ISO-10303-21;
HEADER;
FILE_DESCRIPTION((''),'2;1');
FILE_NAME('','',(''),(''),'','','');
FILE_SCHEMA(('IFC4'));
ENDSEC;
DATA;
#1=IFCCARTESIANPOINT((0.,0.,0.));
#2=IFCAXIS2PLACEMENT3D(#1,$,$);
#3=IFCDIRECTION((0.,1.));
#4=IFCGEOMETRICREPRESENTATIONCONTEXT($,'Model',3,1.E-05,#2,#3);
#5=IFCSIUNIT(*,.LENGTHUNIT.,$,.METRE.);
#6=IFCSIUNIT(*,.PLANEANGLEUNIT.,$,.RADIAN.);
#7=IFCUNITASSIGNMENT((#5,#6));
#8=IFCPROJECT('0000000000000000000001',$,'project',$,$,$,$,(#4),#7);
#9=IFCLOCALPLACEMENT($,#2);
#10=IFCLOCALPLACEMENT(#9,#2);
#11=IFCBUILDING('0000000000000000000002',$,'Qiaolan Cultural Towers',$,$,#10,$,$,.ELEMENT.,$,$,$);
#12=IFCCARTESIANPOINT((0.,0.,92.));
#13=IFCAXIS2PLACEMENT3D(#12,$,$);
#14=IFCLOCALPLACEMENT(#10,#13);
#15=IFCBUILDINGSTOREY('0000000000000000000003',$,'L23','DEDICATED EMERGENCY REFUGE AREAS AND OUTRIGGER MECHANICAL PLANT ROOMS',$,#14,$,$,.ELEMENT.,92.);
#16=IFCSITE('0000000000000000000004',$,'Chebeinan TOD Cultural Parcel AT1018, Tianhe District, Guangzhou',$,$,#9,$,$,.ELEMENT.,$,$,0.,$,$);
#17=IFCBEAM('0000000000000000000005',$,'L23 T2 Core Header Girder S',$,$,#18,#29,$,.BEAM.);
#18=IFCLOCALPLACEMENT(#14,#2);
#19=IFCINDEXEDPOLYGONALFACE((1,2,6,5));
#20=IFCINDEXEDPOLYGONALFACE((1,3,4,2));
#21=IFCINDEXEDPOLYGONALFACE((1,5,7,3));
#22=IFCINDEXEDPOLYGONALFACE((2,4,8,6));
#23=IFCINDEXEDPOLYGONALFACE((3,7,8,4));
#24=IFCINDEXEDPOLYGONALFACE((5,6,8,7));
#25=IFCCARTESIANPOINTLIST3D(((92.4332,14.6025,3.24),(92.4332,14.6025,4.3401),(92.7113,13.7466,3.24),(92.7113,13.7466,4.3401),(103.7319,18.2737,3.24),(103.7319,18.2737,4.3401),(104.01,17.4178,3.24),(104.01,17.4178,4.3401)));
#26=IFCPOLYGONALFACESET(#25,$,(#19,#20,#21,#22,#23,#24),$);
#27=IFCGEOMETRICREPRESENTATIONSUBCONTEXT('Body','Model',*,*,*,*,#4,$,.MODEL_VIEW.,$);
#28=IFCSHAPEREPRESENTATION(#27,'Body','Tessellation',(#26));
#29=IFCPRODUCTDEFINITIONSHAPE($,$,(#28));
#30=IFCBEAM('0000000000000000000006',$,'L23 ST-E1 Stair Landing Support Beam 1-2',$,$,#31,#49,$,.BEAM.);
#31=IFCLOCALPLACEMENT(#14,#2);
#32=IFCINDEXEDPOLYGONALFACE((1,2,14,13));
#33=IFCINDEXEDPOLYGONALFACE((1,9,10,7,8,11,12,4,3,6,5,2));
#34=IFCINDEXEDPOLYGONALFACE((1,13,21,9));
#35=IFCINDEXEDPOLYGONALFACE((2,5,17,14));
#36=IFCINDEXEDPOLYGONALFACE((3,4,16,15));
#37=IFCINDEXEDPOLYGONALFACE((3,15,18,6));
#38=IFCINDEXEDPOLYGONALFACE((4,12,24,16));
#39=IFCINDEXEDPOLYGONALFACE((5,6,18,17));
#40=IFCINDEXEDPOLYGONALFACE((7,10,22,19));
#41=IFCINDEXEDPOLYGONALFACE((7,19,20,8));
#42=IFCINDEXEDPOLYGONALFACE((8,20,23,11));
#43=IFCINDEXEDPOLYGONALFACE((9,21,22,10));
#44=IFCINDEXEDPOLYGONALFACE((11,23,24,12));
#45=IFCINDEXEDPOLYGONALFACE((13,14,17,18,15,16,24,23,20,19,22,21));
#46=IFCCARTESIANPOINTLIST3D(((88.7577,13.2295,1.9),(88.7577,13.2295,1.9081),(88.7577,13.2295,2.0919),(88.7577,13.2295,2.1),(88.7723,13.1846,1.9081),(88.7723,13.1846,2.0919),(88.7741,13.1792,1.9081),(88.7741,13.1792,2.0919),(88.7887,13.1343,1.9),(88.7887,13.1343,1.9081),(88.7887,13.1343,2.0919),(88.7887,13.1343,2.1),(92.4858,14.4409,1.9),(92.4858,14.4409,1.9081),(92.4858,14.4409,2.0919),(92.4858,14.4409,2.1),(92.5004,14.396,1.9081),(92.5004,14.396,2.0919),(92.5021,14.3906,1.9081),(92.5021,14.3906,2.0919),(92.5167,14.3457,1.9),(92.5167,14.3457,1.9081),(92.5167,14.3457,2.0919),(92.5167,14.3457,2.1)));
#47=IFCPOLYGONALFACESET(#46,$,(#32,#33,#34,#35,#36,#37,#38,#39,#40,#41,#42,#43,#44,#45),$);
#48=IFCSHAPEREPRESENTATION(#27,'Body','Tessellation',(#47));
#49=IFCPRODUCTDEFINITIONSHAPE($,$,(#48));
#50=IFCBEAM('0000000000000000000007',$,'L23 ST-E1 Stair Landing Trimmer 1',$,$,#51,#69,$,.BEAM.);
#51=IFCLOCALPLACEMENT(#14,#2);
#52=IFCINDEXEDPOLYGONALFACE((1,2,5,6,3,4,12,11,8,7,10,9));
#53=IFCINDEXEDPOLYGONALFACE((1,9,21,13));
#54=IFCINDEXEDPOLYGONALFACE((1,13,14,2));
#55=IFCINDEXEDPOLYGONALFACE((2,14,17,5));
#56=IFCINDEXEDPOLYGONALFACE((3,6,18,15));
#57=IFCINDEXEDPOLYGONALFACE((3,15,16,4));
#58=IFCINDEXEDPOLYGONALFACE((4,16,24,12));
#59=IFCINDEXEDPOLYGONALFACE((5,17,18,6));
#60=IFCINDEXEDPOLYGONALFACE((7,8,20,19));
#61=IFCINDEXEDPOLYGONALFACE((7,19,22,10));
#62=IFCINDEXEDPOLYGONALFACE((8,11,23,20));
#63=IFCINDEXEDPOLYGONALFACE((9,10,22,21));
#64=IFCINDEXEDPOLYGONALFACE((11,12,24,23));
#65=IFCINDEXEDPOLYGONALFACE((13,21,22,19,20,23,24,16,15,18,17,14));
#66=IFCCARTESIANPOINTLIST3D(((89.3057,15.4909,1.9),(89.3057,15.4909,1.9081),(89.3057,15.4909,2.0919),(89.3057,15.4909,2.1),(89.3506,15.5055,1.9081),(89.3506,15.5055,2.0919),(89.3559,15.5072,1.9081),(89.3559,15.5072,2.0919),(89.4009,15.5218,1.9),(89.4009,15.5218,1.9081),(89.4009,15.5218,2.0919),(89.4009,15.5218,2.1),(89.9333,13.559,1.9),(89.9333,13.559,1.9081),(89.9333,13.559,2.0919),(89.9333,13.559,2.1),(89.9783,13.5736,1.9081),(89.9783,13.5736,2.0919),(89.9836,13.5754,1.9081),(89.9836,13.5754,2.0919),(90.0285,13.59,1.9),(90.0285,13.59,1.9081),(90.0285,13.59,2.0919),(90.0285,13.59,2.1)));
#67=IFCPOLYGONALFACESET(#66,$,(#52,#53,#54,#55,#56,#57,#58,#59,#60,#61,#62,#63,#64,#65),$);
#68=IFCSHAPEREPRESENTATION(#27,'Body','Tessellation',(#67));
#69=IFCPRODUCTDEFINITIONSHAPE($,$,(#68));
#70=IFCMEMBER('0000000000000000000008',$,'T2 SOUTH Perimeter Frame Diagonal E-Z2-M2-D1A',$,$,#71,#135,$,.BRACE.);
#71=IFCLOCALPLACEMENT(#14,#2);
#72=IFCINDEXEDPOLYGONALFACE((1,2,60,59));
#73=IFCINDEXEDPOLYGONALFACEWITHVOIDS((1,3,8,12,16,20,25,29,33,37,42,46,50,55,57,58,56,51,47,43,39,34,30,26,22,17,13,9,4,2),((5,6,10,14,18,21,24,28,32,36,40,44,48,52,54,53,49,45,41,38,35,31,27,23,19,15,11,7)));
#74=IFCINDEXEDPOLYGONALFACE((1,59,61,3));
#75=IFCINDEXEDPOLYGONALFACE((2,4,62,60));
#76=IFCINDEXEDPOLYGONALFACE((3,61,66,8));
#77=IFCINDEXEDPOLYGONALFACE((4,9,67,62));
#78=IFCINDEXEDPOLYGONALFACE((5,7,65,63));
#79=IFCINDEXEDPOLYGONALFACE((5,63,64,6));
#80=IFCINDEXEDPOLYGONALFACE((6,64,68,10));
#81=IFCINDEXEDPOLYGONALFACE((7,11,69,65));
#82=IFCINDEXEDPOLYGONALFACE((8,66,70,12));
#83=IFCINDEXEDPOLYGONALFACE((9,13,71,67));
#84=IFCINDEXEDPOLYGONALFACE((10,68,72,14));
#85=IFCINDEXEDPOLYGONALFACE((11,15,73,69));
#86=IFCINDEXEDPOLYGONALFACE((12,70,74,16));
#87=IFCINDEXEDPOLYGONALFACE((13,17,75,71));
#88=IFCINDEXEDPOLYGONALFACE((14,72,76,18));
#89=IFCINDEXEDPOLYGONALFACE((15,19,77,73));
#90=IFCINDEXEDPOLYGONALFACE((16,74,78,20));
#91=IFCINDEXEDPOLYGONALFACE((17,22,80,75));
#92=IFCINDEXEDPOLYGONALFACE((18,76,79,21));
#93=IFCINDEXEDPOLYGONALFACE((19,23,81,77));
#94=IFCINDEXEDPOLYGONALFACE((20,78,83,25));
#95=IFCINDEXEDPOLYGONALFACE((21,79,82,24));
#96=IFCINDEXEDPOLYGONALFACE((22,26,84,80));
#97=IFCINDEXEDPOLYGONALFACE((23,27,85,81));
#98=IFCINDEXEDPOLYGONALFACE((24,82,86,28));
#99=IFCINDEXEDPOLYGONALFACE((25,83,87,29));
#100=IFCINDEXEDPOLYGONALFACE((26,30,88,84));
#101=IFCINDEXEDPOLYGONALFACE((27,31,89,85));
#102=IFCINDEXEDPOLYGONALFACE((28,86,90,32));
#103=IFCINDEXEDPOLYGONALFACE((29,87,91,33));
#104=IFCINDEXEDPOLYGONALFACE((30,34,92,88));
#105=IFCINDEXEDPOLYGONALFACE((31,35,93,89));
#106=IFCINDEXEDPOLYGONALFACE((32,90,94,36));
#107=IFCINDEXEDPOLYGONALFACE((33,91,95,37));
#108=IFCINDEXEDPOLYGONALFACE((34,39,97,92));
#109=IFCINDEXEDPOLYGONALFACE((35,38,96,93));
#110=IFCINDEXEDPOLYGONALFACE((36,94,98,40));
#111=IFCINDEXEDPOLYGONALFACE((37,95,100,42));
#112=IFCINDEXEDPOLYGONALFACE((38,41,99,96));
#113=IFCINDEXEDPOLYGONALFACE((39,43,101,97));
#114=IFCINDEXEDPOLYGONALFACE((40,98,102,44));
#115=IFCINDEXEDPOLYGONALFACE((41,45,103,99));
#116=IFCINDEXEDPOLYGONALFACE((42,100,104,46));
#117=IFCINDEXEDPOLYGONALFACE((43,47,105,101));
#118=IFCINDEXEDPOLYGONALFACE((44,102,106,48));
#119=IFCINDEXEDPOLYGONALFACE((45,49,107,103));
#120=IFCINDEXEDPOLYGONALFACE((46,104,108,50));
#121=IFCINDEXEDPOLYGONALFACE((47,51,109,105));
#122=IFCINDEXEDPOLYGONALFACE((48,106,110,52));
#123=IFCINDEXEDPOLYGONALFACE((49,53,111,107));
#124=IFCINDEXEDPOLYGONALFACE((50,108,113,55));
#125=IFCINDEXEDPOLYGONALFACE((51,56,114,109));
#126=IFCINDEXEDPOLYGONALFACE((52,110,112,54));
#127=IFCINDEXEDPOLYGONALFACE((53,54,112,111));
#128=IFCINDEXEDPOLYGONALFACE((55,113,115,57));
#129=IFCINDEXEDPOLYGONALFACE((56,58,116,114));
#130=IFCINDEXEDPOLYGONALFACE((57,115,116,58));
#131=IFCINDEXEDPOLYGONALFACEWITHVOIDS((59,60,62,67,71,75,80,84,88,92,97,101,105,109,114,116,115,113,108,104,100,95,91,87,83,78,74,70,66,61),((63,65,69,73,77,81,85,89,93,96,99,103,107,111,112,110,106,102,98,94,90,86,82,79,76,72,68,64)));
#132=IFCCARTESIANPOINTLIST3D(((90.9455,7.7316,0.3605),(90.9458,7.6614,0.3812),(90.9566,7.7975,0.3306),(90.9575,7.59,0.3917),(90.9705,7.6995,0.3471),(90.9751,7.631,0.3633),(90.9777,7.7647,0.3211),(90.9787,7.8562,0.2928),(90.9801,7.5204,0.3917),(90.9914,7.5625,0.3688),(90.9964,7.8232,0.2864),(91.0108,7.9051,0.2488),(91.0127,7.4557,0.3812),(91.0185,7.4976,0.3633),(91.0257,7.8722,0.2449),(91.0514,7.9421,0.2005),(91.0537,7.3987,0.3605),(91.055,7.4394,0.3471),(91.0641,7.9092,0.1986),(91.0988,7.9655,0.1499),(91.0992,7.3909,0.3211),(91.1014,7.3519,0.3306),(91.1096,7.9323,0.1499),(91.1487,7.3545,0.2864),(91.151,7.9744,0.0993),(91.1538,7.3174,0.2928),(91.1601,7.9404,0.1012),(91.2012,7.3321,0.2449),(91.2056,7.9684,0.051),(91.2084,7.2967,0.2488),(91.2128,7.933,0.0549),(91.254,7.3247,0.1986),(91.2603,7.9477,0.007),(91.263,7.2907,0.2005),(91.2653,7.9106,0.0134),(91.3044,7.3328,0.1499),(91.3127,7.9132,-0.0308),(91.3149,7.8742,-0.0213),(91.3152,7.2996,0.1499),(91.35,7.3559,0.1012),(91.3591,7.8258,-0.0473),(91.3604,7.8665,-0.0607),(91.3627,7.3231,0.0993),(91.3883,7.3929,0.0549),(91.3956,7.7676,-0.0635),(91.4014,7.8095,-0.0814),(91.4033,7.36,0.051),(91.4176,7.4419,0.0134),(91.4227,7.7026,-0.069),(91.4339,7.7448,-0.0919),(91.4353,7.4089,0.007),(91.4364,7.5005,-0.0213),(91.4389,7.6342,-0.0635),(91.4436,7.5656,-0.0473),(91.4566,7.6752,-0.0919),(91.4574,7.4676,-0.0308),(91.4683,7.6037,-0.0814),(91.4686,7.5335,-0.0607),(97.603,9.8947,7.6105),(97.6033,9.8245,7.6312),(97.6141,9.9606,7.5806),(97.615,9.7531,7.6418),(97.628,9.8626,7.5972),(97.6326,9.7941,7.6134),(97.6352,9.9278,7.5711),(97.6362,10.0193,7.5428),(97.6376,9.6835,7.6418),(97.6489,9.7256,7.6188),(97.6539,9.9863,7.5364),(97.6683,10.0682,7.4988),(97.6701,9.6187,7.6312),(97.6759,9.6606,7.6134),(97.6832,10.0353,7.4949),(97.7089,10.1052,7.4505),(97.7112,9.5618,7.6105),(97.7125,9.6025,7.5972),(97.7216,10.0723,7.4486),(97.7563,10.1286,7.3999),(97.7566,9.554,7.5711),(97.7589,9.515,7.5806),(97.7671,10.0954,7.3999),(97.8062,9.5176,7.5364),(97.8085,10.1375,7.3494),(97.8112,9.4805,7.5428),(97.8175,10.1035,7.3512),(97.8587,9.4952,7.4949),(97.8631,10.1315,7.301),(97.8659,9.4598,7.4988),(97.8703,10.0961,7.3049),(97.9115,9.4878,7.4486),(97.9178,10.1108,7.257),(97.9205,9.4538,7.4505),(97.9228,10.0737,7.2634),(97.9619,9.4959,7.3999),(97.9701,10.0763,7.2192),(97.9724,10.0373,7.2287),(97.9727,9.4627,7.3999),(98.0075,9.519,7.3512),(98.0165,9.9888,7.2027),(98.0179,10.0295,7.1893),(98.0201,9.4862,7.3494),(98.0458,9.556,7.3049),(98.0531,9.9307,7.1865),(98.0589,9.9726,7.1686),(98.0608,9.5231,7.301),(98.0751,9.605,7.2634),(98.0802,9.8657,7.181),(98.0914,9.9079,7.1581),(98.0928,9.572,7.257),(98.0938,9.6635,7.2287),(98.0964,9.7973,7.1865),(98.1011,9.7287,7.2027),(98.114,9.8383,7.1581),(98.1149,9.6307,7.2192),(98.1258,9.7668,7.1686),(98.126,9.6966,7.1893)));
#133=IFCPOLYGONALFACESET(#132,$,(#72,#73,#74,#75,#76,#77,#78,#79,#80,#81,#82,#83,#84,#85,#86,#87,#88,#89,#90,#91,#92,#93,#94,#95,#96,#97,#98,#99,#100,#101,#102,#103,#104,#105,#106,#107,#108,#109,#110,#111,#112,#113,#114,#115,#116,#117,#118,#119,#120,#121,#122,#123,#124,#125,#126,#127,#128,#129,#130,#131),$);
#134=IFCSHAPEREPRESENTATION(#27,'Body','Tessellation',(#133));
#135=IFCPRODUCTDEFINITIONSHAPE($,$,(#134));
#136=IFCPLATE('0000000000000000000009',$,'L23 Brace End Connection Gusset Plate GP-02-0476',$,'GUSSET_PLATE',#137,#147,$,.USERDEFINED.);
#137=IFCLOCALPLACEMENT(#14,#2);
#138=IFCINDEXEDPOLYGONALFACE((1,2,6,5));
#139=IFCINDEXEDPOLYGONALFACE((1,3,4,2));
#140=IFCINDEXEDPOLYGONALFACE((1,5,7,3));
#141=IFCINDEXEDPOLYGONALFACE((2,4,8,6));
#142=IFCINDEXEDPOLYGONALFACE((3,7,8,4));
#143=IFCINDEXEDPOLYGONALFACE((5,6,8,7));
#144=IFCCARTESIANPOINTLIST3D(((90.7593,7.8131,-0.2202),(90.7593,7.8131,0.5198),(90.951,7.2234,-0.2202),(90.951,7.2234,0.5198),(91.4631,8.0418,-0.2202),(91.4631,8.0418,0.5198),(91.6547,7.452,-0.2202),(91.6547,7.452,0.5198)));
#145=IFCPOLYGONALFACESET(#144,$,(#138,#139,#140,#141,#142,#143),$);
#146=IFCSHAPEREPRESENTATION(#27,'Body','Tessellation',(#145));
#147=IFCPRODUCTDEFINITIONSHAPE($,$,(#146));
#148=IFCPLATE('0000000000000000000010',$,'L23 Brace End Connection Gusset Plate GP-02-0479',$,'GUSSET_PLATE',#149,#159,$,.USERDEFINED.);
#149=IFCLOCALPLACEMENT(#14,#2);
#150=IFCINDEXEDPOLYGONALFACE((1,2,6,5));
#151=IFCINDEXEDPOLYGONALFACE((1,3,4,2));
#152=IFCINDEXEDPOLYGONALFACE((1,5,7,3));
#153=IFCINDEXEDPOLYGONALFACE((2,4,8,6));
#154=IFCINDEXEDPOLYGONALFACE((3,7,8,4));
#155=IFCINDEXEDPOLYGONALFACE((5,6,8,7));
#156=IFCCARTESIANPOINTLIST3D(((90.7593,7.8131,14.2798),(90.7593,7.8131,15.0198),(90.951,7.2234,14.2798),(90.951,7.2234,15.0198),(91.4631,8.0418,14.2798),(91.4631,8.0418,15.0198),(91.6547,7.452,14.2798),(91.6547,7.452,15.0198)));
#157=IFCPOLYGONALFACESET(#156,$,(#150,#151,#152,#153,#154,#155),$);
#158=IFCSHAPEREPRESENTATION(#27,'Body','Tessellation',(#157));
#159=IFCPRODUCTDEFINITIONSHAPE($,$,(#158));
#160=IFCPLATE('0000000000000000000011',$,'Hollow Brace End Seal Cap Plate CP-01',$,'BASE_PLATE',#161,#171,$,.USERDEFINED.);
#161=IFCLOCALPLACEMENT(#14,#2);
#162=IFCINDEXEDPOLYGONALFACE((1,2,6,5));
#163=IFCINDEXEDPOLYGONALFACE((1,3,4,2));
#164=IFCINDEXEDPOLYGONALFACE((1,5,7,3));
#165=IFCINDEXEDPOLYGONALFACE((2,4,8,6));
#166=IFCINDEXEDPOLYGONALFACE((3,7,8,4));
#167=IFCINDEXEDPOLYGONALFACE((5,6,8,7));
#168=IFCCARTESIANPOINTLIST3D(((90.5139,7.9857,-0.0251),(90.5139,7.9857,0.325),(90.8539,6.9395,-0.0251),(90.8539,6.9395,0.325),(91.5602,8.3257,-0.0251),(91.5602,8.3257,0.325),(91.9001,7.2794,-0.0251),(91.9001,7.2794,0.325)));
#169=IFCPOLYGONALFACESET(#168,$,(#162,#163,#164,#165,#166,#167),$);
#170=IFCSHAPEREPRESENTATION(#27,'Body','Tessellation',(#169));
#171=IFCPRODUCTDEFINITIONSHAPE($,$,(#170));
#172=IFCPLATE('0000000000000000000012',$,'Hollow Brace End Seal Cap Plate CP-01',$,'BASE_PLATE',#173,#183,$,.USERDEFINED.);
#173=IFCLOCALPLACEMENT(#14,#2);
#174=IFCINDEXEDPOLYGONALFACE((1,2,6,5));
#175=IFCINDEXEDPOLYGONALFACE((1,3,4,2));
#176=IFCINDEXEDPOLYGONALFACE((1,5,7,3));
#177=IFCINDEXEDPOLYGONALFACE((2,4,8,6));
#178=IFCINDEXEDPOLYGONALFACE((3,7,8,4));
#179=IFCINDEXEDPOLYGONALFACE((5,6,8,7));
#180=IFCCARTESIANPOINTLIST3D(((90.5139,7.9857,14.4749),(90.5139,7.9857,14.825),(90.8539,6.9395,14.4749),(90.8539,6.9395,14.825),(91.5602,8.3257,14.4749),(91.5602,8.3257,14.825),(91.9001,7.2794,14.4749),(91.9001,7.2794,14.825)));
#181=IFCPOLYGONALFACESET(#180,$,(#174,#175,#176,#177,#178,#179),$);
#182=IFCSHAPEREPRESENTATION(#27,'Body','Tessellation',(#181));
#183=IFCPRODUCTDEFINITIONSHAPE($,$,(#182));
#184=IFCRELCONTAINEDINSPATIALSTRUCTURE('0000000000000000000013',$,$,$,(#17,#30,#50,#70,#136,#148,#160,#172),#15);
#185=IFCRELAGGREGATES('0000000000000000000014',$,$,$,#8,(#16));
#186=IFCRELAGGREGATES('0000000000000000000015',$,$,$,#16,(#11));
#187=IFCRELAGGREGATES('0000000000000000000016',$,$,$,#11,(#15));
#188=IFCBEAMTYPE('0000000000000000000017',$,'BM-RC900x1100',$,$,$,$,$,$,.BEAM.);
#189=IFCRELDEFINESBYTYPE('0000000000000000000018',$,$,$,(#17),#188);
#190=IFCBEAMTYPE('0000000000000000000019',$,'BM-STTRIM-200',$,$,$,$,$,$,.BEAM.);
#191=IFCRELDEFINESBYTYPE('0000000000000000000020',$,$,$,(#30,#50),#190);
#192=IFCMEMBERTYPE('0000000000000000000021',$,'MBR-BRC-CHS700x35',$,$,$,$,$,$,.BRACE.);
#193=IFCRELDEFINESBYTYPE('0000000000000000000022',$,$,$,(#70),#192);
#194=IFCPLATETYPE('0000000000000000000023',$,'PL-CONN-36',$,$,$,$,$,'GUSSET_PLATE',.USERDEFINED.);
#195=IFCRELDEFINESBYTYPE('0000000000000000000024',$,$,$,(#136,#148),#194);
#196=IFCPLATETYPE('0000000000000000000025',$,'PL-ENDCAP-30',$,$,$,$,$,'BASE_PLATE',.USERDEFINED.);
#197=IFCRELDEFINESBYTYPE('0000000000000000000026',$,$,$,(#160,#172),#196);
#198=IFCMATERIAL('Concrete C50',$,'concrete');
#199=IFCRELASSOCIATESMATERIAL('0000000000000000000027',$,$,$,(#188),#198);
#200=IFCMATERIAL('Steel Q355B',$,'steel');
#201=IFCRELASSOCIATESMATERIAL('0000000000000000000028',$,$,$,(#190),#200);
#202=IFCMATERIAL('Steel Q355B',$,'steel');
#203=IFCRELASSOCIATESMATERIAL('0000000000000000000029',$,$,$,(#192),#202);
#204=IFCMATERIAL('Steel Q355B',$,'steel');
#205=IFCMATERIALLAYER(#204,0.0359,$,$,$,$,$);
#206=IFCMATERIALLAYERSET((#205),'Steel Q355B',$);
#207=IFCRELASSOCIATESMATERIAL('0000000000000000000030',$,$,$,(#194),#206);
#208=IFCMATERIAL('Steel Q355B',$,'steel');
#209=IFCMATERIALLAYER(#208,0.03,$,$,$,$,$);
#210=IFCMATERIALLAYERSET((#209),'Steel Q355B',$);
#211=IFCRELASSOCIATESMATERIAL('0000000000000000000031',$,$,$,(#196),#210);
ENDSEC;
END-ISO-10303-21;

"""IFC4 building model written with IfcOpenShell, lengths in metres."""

from ifc_helpers import new_model, si_unit, direction, frame, origin, origin_2d, place, context, subcontext, project, spatial, rectangle, hollow_circle, i_section, extrude, material, layer, layer_set, material_profile, profile_set, type_object, element, save


model = new_model("IFC4")

# Units and contexts
model_context = context("Model", 3, precision=1e-05, world=origin(), true_north=direction((0.0, 1.0)))
body_context = subcontext(model_context, "Body", "Model", "MODEL_VIEW")
ifc_project = project(units=[si_unit("LENGTHUNIT", "METRE"), si_unit("PLANEANGLEUNIT", "RADIAN")], contexts=[model_context])

# Site, building, storey
site_placement = place(None, origin())
site = spatial("IfcSite", under=ifc_project, at=site_placement, Name="Chebeinan TOD Cultural Parcel AT1018, Tianhe District, Guangzhou", CompositionType="ELEMENT", RefElevation=0.0)
building_placement = place(site_placement, origin())
building = spatial("IfcBuilding", under=site, at=building_placement, Name="Qiaolan Cultural Towers", CompositionType="ELEMENT")
storey_placement = place(building_placement, frame((0.0, 0.0, 92.0)))
storey = spatial("IfcBuildingStorey", under=building, at=storey_placement, Name="L23", Description="DEDICATED EMERGENCY REFUGE AREAS AND OUTRIGGER MECHANICAL PLANT ROOMS", CompositionType="ELEMENT", Elevation=92.0)

# Beams
ifc_material_1 = material(Name="Concrete C50", Category="concrete")
ifc_material_profile_1 = material_profile(ifc_material_1, rectangle(XDim=0.8999, YDim=1.1001, at=origin_2d()), Name="RC900x1100")
ifc_profile_set_1 = profile_set([ifc_material_profile_1], Name="Concrete C50")
beam_type_1 = type_object("IfcBeamType", Name="BM-RC900x1100", PredefinedType="BEAM", material=ifc_profile_set_1)
beam_1_placement = place(storey_placement, frame((92.5723, 14.1746, 3.79), z_axis=(0.951056, 0.309018, 0.0), x_axis=(-0.309018, 0.951056, 0.0)))
element("IfcBeam", 1, at=beam_1_placement, inside=storey, type_object=beam_type_1, Name="L23 T2 Core Header Girder S", PredefinedType="BEAM", context=body_context, shape_type="SweptSolid", body=[
    extrude(rectangle(XDim=0.8999, YDim=1.1001, at=origin_2d()), origin(), (0.0, 0.0, 1.0), 11.8801),
])
ifc_material_2 = material(Name="Steel Q355B", Category="steel")
ifc_material_profile_2 = material_profile(ifc_material_2, i_section(OverallWidth=0.1001, OverallDepth=0.2, WebThickness=0.0056, FlangeThickness=0.0081, at=origin_2d()), Name="HN200x100x5.5x8")
ifc_profile_set_2 = profile_set([ifc_material_profile_2], Name="Steel Q355B")
beam_type_2 = type_object("IfcBeamType", Name="BM-STTRIM-200", PredefinedType="BEAM", material=ifc_profile_set_2)
beam_2_placement = place(storey_placement, frame((88.7732, 13.1819, 2.0), z_axis=(0.951048, 0.309044, 0.0), x_axis=(-0.309044, 0.951048, 0.0)))
element("IfcBeam", 2, at=beam_2_placement, inside=storey, type_object=beam_type_2, Name="L23 ST-E1 Stair Landing Support Beam 1-2", PredefinedType="BEAM", context=body_context, shape_type="SweptSolid", body=[
    extrude(i_section(OverallWidth=0.1001, OverallDepth=0.2, WebThickness=0.0056, FlangeThickness=0.0081, at=origin_2d()), origin(), (0.0, 0.0, 1.0), 3.9199),
])
beam_3_placement = place(storey_placement, frame((89.3533, 15.5063, 2.0), z_axis=(0.309007, -0.95106, 0.0), x_axis=(0.95106, 0.309007, 0.0)))
element("IfcBeam", 3, at=beam_3_placement, inside=storey, type_object=beam_type_2, Name="L23 ST-E1 Stair Landing Trimmer 1", PredefinedType="BEAM", context=body_context, shape_type="SweptSolid", body=[
    extrude(i_section(OverallWidth=0.1001, OverallDepth=0.2, WebThickness=0.0056, FlangeThickness=0.0081, at=origin_2d()), origin(), (0.0, 0.0, 1.0), 2.0312),
])

# Member
ifc_material_3 = material(Name="Steel Q355B", Category="steel")
ifc_material_profile_3 = material_profile(ifc_material_3, hollow_circle(Radius=0.3501, WallThickness=0.0349, at=origin_2d()), Name="CHS700x35")
ifc_profile_set_3 = profile_set([ifc_material_profile_3], Name="Steel Q355B")
member_type = type_object("IfcMemberType", Name="MBR-BRC-CHS700x35", PredefinedType="BRACE", material=ifc_profile_set_3)
member_placement = place(storey_placement, frame((91.207, 7.6326, 0.1499), z_axis=(0.660603, 0.214637, 0.719398), x_axis=(-0.30901, 0.951059, 0.0)))
element("IfcMember", 4, at=member_placement, inside=storey, type_object=member_type, Name="T2 SOUTH Perimeter Frame Diagonal E-Z2-M2-D1A", PredefinedType="BRACE", context=body_context, shape_type="SweptSolid", body=[
    extrude(hollow_circle(Radius=0.3501, WallThickness=0.0349, at=origin_2d()), origin(), (0.0, 0.0, 1.0), 10.0779),
])

# Plates
ifc_material_4 = material(Name="Steel Q355B", Category="steel")
ifc_layer_1 = layer(ifc_material_4, 0.0359)
ifc_layer_set_1 = layer_set([ifc_layer_1], Name="Steel Q355B")
plate_type_1 = type_object("IfcPlateType", Name="PL-CONN-36", ElementType="GUSSET_PLATE", PredefinedType="USERDEFINED", material=ifc_layer_set_1)
for number, where, z_axis, x_axis, name in (
    (5, (91.207, 7.6326, -0.2202), (0.0, 0.0, 1.0), (0.951057, 0.309017, 0.0), "L23 Brace End Connection Gusset Plate GP-02-0476"),
    (6, (91.207, 7.6326, 14.2798), (0.0, 0.0, 1.0), (0.951057, 0.309017, 0.0), "L23 Brace End Connection Gusset Plate GP-02-0479"),
):
    element("IfcPlate", number, at=place(storey_placement, frame(where, z_axis=z_axis, x_axis=x_axis)), inside=storey, type_object=plate_type_1, Name=name, ObjectType="GUSSET_PLATE", PredefinedType="USERDEFINED", context=body_context, shape_type="SweptSolid", body=[
        extrude(rectangle(XDim=0.74, YDim=0.6201, at=origin_2d()), origin(), (0.0, 0.0, 1.0), 0.74),
    ])
ifc_material_5 = material(Name="Steel Q355B", Category="steel")
ifc_layer_2 = layer(ifc_material_5, 0.03)
ifc_layer_set_2 = layer_set([ifc_layer_2], Name="Steel Q355B")
plate_type_2 = type_object("IfcPlateType", Name="PL-ENDCAP-30", ElementType="BASE_PLATE", PredefinedType="USERDEFINED", material=ifc_layer_set_2)
for number, where, z_axis, x_axis, name in (
    (7, (91.207, 7.6326, -0.0251), (0.0, 0.0, 1.0), (0.951057, 0.309017, 0.0), "Hollow Brace End Seal Cap Plate CP-01"),
    (8, (91.207, 7.6326, 14.4749), (0.0, 0.0, 1.0), (0.951057, 0.309017, 0.0), "Hollow Brace End Seal Cap Plate CP-01"),
):
    element("IfcPlate", number, at=place(storey_placement, frame(where, z_axis=z_axis, x_axis=x_axis)), inside=storey, type_object=plate_type_2, Name=name, ObjectType="BASE_PLATE", PredefinedType="USERDEFINED", context=body_context, shape_type="SweptSolid", body=[
        extrude(rectangle(XDim=1.1001, YDim=1.1001, at=origin_2d()), origin(), (0.0, 0.0, 1.0), 0.3501),
    ])

save(model, "model.ifc")
